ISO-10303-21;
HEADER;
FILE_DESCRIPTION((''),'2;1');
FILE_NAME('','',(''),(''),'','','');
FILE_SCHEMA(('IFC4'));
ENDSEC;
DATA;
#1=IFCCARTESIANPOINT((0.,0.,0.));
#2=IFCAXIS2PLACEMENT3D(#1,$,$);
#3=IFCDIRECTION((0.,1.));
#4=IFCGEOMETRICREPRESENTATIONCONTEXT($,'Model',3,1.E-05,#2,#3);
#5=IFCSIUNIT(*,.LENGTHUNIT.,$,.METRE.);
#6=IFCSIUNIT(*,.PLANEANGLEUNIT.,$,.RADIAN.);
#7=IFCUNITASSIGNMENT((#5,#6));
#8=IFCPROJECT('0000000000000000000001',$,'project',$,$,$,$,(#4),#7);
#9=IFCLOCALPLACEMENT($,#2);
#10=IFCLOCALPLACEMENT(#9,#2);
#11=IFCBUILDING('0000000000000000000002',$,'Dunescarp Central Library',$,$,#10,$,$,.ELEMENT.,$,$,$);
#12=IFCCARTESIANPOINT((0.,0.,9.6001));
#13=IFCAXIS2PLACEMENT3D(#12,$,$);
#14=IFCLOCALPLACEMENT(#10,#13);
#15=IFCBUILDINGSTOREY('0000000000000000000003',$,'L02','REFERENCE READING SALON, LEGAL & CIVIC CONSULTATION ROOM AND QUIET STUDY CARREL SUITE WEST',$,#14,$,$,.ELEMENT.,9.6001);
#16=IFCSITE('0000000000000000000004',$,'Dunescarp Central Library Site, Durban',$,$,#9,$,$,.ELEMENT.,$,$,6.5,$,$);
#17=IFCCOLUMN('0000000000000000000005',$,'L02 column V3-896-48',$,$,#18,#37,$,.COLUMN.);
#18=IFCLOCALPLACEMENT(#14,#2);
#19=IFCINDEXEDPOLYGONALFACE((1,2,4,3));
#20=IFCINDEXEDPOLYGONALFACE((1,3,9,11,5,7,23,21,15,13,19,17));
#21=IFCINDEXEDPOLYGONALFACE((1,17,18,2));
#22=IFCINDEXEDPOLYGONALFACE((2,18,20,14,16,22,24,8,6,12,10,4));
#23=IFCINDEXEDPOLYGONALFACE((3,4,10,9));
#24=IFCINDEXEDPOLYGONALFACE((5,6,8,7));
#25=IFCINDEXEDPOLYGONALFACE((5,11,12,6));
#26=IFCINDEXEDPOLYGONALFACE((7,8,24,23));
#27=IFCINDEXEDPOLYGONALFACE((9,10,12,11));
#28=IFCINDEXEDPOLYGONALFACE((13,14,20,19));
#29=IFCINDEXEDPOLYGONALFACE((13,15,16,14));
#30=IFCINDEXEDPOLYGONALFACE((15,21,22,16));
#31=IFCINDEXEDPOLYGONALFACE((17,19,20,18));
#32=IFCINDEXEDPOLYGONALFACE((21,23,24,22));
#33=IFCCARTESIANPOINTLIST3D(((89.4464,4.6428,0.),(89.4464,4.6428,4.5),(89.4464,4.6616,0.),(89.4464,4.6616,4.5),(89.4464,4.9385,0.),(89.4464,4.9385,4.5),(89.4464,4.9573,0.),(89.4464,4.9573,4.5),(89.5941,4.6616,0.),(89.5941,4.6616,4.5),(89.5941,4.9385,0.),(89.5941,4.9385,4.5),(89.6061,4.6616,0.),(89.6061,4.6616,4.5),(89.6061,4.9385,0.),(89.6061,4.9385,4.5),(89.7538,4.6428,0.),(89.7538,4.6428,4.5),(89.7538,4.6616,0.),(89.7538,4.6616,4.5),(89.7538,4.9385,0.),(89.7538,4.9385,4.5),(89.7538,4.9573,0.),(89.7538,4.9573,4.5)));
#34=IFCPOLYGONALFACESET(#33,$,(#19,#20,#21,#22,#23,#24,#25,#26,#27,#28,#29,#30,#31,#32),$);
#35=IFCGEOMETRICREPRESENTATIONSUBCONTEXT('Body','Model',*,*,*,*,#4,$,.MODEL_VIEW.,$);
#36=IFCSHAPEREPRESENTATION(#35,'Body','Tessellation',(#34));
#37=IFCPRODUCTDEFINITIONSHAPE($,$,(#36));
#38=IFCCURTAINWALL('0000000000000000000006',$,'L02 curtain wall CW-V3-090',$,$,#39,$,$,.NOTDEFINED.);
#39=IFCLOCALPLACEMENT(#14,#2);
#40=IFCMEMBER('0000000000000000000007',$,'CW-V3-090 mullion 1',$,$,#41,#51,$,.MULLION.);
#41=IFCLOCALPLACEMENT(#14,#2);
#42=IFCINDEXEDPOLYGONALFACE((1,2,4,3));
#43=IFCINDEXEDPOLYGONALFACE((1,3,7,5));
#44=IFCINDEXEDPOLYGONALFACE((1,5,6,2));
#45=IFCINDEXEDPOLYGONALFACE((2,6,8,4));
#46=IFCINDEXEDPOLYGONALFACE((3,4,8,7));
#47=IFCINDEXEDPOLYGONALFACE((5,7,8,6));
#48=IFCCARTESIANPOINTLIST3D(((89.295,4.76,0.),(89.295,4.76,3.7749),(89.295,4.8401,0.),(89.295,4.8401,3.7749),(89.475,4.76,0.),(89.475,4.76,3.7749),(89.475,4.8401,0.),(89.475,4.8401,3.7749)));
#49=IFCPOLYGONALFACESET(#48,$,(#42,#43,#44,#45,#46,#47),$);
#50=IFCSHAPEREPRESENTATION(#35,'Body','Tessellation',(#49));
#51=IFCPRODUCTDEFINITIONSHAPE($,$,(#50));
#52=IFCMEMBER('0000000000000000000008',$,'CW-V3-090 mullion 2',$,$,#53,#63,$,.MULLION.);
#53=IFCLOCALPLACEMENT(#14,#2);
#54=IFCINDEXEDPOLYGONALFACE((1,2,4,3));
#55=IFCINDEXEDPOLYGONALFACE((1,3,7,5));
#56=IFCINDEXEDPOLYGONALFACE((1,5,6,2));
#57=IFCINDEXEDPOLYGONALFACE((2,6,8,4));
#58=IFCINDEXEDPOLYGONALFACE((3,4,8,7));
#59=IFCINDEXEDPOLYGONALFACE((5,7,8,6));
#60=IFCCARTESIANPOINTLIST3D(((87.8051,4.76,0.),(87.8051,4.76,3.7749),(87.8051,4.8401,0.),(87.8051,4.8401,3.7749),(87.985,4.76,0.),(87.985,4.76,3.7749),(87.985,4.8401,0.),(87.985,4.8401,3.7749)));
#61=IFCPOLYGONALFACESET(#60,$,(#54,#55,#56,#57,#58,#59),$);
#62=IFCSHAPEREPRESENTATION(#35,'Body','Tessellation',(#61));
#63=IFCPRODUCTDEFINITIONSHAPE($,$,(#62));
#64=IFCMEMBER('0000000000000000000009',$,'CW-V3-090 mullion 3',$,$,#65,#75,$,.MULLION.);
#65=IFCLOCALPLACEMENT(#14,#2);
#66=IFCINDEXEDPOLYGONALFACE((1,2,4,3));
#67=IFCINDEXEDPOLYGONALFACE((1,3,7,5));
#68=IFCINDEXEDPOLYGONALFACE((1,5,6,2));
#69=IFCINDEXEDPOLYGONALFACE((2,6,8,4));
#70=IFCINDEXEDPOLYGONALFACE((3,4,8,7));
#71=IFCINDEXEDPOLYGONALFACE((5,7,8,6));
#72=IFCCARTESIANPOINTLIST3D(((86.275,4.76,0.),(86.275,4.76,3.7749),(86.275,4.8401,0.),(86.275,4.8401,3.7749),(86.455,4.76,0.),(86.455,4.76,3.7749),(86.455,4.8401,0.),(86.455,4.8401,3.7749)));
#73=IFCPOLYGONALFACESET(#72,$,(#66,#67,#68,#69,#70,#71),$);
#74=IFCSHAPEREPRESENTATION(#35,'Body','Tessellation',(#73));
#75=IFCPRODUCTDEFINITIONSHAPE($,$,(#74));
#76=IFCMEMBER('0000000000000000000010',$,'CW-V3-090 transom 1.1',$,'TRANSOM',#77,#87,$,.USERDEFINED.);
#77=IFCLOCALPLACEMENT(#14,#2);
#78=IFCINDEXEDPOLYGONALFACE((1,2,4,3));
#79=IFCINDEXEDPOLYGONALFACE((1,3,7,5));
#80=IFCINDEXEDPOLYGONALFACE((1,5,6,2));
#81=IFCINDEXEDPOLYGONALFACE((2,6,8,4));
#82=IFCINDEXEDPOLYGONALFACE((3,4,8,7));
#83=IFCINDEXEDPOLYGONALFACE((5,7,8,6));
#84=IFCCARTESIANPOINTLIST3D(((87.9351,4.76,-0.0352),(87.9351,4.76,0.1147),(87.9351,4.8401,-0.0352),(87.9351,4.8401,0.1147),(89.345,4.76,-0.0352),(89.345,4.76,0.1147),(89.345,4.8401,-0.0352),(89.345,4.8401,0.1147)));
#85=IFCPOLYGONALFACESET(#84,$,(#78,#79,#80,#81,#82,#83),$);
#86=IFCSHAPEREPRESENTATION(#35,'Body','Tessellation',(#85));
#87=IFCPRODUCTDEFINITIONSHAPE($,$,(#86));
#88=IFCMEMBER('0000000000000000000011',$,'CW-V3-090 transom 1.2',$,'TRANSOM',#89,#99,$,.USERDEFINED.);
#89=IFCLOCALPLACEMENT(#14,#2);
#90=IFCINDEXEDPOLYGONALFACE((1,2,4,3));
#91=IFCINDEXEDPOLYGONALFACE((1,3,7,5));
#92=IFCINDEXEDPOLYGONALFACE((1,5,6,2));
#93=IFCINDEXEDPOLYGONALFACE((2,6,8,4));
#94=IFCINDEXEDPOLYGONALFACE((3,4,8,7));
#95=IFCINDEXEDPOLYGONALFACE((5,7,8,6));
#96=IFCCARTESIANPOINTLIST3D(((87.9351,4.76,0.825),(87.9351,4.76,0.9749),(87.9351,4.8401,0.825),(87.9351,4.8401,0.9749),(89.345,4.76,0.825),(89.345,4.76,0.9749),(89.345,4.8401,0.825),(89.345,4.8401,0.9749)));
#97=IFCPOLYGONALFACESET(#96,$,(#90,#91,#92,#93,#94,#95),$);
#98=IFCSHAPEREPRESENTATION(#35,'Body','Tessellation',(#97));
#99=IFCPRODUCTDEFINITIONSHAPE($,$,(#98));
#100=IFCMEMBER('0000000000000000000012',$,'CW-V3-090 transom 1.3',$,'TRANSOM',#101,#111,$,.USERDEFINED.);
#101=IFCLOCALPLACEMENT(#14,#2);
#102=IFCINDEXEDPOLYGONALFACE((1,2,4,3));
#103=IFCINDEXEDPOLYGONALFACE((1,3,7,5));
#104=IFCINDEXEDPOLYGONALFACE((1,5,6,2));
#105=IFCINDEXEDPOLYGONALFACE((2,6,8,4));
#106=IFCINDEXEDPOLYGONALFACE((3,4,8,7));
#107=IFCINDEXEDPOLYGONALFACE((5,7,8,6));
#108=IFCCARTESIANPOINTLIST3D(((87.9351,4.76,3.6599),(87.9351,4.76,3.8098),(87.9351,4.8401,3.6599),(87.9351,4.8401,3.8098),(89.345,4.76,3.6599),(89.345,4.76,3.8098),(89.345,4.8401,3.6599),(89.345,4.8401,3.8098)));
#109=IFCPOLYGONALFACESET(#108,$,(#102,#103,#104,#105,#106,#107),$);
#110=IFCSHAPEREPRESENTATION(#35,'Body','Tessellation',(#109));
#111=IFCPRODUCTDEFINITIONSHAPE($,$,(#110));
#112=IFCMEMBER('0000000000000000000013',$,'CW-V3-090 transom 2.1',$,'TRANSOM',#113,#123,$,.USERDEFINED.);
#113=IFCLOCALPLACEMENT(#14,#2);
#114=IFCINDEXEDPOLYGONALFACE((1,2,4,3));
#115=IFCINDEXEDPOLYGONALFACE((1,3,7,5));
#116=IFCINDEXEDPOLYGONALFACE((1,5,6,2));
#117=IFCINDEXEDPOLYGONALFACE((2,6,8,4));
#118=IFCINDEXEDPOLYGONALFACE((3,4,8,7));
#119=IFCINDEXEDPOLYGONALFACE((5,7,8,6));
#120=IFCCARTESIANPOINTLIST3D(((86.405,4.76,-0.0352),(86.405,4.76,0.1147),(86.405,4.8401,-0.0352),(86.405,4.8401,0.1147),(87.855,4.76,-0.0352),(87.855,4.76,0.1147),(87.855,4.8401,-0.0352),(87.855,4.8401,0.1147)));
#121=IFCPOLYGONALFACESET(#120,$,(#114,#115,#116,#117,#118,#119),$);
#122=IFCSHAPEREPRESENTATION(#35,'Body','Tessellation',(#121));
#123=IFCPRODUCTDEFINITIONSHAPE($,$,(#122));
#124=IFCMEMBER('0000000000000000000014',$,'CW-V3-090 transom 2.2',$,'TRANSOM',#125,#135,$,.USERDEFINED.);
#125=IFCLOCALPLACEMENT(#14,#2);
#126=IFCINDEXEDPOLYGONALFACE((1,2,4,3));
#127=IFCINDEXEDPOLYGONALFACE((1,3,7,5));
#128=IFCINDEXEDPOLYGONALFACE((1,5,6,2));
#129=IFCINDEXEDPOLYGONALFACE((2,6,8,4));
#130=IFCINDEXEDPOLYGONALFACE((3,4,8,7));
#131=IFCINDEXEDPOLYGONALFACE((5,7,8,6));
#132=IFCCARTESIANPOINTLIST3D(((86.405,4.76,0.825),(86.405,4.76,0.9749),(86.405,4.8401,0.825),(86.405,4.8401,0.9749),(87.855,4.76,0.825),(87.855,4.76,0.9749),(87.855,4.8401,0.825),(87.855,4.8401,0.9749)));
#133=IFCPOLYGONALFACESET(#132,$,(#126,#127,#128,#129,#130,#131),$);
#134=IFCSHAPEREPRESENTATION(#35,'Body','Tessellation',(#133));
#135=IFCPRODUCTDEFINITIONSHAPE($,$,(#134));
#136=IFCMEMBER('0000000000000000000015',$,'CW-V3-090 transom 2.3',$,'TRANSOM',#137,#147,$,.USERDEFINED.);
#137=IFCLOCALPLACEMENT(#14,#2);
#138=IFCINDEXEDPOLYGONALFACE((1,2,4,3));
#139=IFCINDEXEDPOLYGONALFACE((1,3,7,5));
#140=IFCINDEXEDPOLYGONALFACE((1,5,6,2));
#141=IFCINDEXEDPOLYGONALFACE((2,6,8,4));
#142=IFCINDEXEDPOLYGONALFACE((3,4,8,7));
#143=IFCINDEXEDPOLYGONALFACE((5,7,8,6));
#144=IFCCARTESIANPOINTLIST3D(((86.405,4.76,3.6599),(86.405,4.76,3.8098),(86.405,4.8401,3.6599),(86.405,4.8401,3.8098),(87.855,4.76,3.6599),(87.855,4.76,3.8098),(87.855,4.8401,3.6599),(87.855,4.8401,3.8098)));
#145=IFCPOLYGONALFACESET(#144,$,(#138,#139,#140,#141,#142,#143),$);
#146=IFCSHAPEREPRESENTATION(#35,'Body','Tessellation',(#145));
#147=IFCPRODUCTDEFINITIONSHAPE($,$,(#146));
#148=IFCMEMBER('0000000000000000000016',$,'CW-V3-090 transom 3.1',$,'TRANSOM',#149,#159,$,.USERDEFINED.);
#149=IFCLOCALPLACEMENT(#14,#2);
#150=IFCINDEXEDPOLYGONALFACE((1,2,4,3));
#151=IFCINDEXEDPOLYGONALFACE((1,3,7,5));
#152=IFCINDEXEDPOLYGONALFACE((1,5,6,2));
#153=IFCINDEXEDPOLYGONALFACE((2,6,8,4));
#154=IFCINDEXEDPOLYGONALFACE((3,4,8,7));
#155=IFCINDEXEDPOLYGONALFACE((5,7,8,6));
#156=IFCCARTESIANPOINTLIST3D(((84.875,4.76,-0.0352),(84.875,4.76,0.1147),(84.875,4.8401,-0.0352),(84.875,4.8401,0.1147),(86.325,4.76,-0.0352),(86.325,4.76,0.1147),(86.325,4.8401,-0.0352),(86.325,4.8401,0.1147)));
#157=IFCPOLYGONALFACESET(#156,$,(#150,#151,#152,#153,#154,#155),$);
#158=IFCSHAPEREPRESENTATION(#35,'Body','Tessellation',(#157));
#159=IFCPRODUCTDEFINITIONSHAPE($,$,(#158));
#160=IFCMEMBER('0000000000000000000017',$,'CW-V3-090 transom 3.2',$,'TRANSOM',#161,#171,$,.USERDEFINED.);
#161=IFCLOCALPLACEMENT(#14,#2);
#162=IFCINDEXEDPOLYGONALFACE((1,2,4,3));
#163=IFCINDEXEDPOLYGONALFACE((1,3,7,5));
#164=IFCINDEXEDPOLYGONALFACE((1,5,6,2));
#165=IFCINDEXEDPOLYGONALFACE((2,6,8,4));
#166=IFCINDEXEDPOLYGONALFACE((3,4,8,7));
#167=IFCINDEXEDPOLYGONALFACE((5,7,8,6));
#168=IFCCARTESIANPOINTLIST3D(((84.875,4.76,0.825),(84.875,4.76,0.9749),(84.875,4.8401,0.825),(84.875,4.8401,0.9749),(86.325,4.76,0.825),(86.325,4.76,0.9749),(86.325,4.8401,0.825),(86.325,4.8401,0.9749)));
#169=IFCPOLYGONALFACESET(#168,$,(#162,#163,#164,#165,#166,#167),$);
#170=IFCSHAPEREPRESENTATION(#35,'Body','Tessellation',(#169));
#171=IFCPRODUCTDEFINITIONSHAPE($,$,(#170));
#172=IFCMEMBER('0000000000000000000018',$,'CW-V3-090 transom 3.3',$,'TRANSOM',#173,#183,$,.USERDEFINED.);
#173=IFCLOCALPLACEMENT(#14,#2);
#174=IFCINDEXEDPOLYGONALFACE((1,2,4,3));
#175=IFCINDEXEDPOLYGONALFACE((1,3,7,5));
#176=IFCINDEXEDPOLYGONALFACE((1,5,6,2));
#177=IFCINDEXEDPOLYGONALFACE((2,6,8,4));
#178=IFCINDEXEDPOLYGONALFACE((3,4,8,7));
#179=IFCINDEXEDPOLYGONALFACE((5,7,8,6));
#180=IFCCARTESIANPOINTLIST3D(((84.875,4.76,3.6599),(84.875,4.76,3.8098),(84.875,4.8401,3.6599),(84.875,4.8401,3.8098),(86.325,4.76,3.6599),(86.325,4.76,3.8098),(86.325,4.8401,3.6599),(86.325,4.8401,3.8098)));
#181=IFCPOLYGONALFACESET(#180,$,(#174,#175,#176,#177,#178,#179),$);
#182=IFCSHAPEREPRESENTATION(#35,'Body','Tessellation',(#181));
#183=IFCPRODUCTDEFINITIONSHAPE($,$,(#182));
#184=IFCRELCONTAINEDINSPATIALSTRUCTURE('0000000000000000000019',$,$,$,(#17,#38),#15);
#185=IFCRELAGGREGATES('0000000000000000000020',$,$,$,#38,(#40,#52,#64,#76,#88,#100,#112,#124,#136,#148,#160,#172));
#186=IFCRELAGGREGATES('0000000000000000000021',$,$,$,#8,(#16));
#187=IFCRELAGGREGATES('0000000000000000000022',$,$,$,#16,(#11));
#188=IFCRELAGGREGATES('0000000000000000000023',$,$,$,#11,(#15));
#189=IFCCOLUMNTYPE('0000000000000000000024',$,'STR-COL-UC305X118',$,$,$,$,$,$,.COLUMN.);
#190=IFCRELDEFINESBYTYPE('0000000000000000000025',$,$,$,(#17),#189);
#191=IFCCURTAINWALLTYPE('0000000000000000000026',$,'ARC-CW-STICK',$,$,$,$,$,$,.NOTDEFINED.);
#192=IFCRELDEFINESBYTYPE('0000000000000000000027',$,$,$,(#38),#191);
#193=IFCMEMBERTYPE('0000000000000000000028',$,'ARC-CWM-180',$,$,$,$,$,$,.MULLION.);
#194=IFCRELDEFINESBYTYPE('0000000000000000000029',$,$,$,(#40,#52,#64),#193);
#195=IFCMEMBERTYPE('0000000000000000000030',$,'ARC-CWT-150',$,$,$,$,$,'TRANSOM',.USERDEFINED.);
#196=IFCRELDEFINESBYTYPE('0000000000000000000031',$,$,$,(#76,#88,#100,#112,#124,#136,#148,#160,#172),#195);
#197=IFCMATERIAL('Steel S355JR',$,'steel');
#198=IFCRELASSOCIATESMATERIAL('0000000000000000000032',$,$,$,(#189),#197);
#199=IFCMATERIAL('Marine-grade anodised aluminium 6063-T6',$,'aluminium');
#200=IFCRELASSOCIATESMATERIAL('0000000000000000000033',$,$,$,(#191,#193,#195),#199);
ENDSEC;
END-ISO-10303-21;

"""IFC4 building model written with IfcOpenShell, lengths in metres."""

from ifc_helpers import new_model, si_unit, direction, frame, origin, origin_2d, place, context, subcontext, project, spatial, rectangle, i_section, extrude, material, material_profile, profile_set, type_object, element, aggregate, save


model = new_model("IFC4")

# Units and contexts
model_context = context("Model", 3, precision=1e-05, world=origin(), true_north=direction((0.0, 1.0)))
body_context = subcontext(model_context, "Body", "Model", "MODEL_VIEW")
ifc_project = project(units=[si_unit("LENGTHUNIT", "METRE"), si_unit("PLANEANGLEUNIT", "RADIAN")], contexts=[model_context])

# Site, building, storey
site_placement = place(None, origin())
site = spatial("IfcSite", under=ifc_project, at=site_placement, Name="Dunescarp Central Library Site, Durban", CompositionType="ELEMENT", RefElevation=6.5)
building_placement = place(site_placement, origin())
building = spatial("IfcBuilding", under=site, at=building_placement, Name="Dunescarp Central Library", CompositionType="ELEMENT")
storey_placement = place(building_placement, frame((0.0, 0.0, 9.6001)))
storey = spatial("IfcBuildingStorey", under=building, at=storey_placement, Name="L02", Description="REFERENCE READING SALON, LEGAL & CIVIC CONSULTATION ROOM AND QUIET STUDY CARREL SUITE WEST", CompositionType="ELEMENT", Elevation=9.6001)

# Column
ifc_material_1 = material(Name="Steel S355JR", Category="steel")
ifc_material_profile_1 = material_profile(ifc_material_1, i_section(OverallWidth=0.3074, OverallDepth=0.3145, WebThickness=0.012, FlangeThickness=0.0188, at=origin_2d()), Name="UC 305x305x118")
ifc_profile_set_1 = profile_set([ifc_material_profile_1], Name="Steel S355JR")
column_type = type_object("IfcColumnType", Name="STR-COL-UC305X118", PredefinedType="COLUMN", material=ifc_profile_set_1)
column_placement = place(storey_placement, frame((89.6001, 4.8, 0.0), z_axis=(0.0, 0.0, 1.0), x_axis=(1.0, 0.0, 0.0)))
element("IfcColumn", 1, at=column_placement, inside=storey, type_object=column_type, Name="L02 column V3-896-48", PredefinedType="COLUMN", context=body_context, shape_type="SweptSolid", body=[
    extrude(i_section(OverallWidth=0.3074, OverallDepth=0.3145, WebThickness=0.012, FlangeThickness=0.0188, at=origin_2d()), origin(), (0.0, 0.0, 1.0), 4.5),
])

# Curtain wall, members
ifc_material_2 = material(Name="Marine-grade anodised aluminium 6063-T6", Category="aluminium")
curtain_wall_type = type_object("IfcCurtainWallType", Name="ARC-CW-STICK", PredefinedType="NOTDEFINED", material=ifc_material_2)
curtain_wall_placement = place(storey_placement, origin())
curtain_wall = element("IfcCurtainWall", 2, at=curtain_wall_placement, inside=storey, type_object=curtain_wall_type, Name="L02 curtain wall CW-V3-090", PredefinedType="NOTDEFINED")
ifc_material_profile_2 = material_profile(ifc_material_2, rectangle(XDim=0.0801, YDim=0.1799, at=origin_2d()), Name="AL 80x180")
ifc_profile_set_2 = profile_set([ifc_material_profile_2], Name="Marine-grade anodised aluminium 6063-T6")
member_type_1 = type_object("IfcMemberType", Name="ARC-CWM-180", PredefinedType="MULLION", material=ifc_profile_set_2)
member_1_placement = place(storey_placement, frame((89.385, 4.8, 0.0), z_axis=(0.0, 0.0, 1.0), x_axis=(0.0, -1.0, 0.0)))
member_1 = element("IfcMember", 3, at=member_1_placement, type_object=member_type_1, Name="CW-V3-090 mullion 1", PredefinedType="MULLION", context=body_context, shape_type="SweptSolid", body=[
    extrude(rectangle(XDim=0.0801, YDim=0.1799, at=origin_2d()), origin(), (0.0, 0.0, 1.0), 3.7749),
])
member_2_placement = place(storey_placement, frame((87.895, 4.8, 0.0), z_axis=(0.0, 0.0, 1.0), x_axis=(0.0, -1.0, 0.0)))
member_2 = element("IfcMember", 4, at=member_2_placement, type_object=member_type_1, Name="CW-V3-090 mullion 2", PredefinedType="MULLION", context=body_context, shape_type="SweptSolid", body=[
    extrude(rectangle(XDim=0.0801, YDim=0.1799, at=origin_2d()), origin(), (0.0, 0.0, 1.0), 3.7749),
])
member_3_placement = place(storey_placement, frame((86.365, 4.8, 0.0), z_axis=(0.0, 0.0, 1.0), x_axis=(0.0, -1.0, 0.0)))
member_3 = element("IfcMember", 5, at=member_3_placement, type_object=member_type_1, Name="CW-V3-090 mullion 3", PredefinedType="MULLION", context=body_context, shape_type="SweptSolid", body=[
    extrude(rectangle(XDim=0.0801, YDim=0.1799, at=origin_2d()), origin(), (0.0, 0.0, 1.0), 3.7749),
])
ifc_material_profile_3 = material_profile(ifc_material_2, rectangle(XDim=0.0801, YDim=0.1499, at=origin_2d()), Name="AL 80x150")
ifc_profile_set_3 = profile_set([ifc_material_profile_3], Name="Marine-grade anodised aluminium 6063-T6")
member_type_2 = type_object("IfcMemberType", Name="ARC-CWT-150", ElementType="TRANSOM", PredefinedType="USERDEFINED", material=ifc_profile_set_3)
member_4_placement = place(storey_placement, frame((89.345, 4.8, 0.0398), z_axis=(-1.0, 0.0, 0.0), x_axis=(0.0, -1.0, 0.0)))
member_4 = element("IfcMember", 6, at=member_4_placement, type_object=member_type_2, Name="CW-V3-090 transom 1.1", ObjectType="TRANSOM", PredefinedType="USERDEFINED", context=body_context, shape_type="SweptSolid", body=[
    extrude(rectangle(XDim=0.0801, YDim=0.1499, at=origin_2d()), origin(), (0.0, 0.0, 1.0), 1.4099),
])
member_5_placement = place(storey_placement, frame((89.345, 4.8, 0.8999), z_axis=(-1.0, 0.0, 0.0), x_axis=(0.0, -1.0, 0.0)))
member_5 = element("IfcMember", 7, at=member_5_placement, type_object=member_type_2, Name="CW-V3-090 transom 1.2", ObjectType="TRANSOM", PredefinedType="USERDEFINED", context=body_context, shape_type="SweptSolid", body=[
    extrude(rectangle(XDim=0.0801, YDim=0.1499, at=origin_2d()), origin(), (0.0, 0.0, 1.0), 1.4099),
])
member_6_placement = place(storey_placement, frame((89.345, 4.8, 3.7349), z_axis=(-1.0, 0.0, 0.0), x_axis=(0.0, -1.0, 0.0)))
member_6 = element("IfcMember", 8, at=member_6_placement, type_object=member_type_2, Name="CW-V3-090 transom 1.3", ObjectType="TRANSOM", PredefinedType="USERDEFINED", context=body_context, shape_type="SweptSolid", body=[
    extrude(rectangle(XDim=0.0801, YDim=0.1499, at=origin_2d()), origin(), (0.0, 0.0, 1.0), 1.4099),
])
member_7_placement = place(storey_placement, frame((87.855, 4.8, 0.0398), z_axis=(-1.0, 0.0, 0.0), x_axis=(0.0, -1.0, 0.0)))
member_7 = element("IfcMember", 9, at=member_7_placement, type_object=member_type_2, Name="CW-V3-090 transom 2.1", ObjectType="TRANSOM", PredefinedType="USERDEFINED", context=body_context, shape_type="SweptSolid", body=[
    extrude(rectangle(XDim=0.0801, YDim=0.1499, at=origin_2d()), origin(), (0.0, 0.0, 1.0), 1.45),
])
member_8_placement = place(storey_placement, frame((87.855, 4.8, 0.8999), z_axis=(-1.0, 0.0, 0.0), x_axis=(0.0, -1.0, 0.0)))
member_8 = element("IfcMember", 10, at=member_8_placement, type_object=member_type_2, Name="CW-V3-090 transom 2.2", ObjectType="TRANSOM", PredefinedType="USERDEFINED", context=body_context, shape_type="SweptSolid", body=[
    extrude(rectangle(XDim=0.0801, YDim=0.1499, at=origin_2d()), origin(), (0.0, 0.0, 1.0), 1.45),
])
member_9_placement = place(storey_placement, frame((87.855, 4.8, 3.7349), z_axis=(-1.0, 0.0, 0.0), x_axis=(0.0, -1.0, 0.0)))
member_9 = element("IfcMember", 11, at=member_9_placement, type_object=member_type_2, Name="CW-V3-090 transom 2.3", ObjectType="TRANSOM", PredefinedType="USERDEFINED", context=body_context, shape_type="SweptSolid", body=[
    extrude(rectangle(XDim=0.0801, YDim=0.1499, at=origin_2d()), origin(), (0.0, 0.0, 1.0), 1.45),
])
member_10_placement = place(storey_placement, frame((86.325, 4.8, 0.0398), z_axis=(-1.0, 0.0, 0.0), x_axis=(0.0, -1.0, 0.0)))
member_10 = element("IfcMember", 12, at=member_10_placement, type_object=member_type_2, Name="CW-V3-090 transom 3.1", ObjectType="TRANSOM", PredefinedType="USERDEFINED", context=body_context, shape_type="SweptSolid", body=[
    extrude(rectangle(XDim=0.0801, YDim=0.1499, at=origin_2d()), origin(), (0.0, 0.0, 1.0), 1.45),
])
member_11_placement = place(storey_placement, frame((86.325, 4.8, 0.8999), z_axis=(-1.0, 0.0, 0.0), x_axis=(0.0, -1.0, 0.0)))
member_11 = element("IfcMember", 13, at=member_11_placement, type_object=member_type_2, Name="CW-V3-090 transom 3.2", ObjectType="TRANSOM", PredefinedType="USERDEFINED", context=body_context, shape_type="SweptSolid", body=[
    extrude(rectangle(XDim=0.0801, YDim=0.1499, at=origin_2d()), origin(), (0.0, 0.0, 1.0), 1.45),
])
member_12_placement = place(storey_placement, frame((86.325, 4.8, 3.7349), z_axis=(-1.0, 0.0, 0.0), x_axis=(0.0, -1.0, 0.0)))
member_12 = element("IfcMember", 14, at=member_12_placement, type_object=member_type_2, Name="CW-V3-090 transom 3.3", ObjectType="TRANSOM", PredefinedType="USERDEFINED", context=body_context, shape_type="SweptSolid", body=[
    extrude(rectangle(XDim=0.0801, YDim=0.1499, at=origin_2d()), origin(), (0.0, 0.0, 1.0), 1.45),
])

aggregate(curtain_wall, [member_1, member_2, member_3, member_4, member_5, member_6, member_7, member_8, member_9, member_10, member_11, member_12])

save(model, "model.ifc")
